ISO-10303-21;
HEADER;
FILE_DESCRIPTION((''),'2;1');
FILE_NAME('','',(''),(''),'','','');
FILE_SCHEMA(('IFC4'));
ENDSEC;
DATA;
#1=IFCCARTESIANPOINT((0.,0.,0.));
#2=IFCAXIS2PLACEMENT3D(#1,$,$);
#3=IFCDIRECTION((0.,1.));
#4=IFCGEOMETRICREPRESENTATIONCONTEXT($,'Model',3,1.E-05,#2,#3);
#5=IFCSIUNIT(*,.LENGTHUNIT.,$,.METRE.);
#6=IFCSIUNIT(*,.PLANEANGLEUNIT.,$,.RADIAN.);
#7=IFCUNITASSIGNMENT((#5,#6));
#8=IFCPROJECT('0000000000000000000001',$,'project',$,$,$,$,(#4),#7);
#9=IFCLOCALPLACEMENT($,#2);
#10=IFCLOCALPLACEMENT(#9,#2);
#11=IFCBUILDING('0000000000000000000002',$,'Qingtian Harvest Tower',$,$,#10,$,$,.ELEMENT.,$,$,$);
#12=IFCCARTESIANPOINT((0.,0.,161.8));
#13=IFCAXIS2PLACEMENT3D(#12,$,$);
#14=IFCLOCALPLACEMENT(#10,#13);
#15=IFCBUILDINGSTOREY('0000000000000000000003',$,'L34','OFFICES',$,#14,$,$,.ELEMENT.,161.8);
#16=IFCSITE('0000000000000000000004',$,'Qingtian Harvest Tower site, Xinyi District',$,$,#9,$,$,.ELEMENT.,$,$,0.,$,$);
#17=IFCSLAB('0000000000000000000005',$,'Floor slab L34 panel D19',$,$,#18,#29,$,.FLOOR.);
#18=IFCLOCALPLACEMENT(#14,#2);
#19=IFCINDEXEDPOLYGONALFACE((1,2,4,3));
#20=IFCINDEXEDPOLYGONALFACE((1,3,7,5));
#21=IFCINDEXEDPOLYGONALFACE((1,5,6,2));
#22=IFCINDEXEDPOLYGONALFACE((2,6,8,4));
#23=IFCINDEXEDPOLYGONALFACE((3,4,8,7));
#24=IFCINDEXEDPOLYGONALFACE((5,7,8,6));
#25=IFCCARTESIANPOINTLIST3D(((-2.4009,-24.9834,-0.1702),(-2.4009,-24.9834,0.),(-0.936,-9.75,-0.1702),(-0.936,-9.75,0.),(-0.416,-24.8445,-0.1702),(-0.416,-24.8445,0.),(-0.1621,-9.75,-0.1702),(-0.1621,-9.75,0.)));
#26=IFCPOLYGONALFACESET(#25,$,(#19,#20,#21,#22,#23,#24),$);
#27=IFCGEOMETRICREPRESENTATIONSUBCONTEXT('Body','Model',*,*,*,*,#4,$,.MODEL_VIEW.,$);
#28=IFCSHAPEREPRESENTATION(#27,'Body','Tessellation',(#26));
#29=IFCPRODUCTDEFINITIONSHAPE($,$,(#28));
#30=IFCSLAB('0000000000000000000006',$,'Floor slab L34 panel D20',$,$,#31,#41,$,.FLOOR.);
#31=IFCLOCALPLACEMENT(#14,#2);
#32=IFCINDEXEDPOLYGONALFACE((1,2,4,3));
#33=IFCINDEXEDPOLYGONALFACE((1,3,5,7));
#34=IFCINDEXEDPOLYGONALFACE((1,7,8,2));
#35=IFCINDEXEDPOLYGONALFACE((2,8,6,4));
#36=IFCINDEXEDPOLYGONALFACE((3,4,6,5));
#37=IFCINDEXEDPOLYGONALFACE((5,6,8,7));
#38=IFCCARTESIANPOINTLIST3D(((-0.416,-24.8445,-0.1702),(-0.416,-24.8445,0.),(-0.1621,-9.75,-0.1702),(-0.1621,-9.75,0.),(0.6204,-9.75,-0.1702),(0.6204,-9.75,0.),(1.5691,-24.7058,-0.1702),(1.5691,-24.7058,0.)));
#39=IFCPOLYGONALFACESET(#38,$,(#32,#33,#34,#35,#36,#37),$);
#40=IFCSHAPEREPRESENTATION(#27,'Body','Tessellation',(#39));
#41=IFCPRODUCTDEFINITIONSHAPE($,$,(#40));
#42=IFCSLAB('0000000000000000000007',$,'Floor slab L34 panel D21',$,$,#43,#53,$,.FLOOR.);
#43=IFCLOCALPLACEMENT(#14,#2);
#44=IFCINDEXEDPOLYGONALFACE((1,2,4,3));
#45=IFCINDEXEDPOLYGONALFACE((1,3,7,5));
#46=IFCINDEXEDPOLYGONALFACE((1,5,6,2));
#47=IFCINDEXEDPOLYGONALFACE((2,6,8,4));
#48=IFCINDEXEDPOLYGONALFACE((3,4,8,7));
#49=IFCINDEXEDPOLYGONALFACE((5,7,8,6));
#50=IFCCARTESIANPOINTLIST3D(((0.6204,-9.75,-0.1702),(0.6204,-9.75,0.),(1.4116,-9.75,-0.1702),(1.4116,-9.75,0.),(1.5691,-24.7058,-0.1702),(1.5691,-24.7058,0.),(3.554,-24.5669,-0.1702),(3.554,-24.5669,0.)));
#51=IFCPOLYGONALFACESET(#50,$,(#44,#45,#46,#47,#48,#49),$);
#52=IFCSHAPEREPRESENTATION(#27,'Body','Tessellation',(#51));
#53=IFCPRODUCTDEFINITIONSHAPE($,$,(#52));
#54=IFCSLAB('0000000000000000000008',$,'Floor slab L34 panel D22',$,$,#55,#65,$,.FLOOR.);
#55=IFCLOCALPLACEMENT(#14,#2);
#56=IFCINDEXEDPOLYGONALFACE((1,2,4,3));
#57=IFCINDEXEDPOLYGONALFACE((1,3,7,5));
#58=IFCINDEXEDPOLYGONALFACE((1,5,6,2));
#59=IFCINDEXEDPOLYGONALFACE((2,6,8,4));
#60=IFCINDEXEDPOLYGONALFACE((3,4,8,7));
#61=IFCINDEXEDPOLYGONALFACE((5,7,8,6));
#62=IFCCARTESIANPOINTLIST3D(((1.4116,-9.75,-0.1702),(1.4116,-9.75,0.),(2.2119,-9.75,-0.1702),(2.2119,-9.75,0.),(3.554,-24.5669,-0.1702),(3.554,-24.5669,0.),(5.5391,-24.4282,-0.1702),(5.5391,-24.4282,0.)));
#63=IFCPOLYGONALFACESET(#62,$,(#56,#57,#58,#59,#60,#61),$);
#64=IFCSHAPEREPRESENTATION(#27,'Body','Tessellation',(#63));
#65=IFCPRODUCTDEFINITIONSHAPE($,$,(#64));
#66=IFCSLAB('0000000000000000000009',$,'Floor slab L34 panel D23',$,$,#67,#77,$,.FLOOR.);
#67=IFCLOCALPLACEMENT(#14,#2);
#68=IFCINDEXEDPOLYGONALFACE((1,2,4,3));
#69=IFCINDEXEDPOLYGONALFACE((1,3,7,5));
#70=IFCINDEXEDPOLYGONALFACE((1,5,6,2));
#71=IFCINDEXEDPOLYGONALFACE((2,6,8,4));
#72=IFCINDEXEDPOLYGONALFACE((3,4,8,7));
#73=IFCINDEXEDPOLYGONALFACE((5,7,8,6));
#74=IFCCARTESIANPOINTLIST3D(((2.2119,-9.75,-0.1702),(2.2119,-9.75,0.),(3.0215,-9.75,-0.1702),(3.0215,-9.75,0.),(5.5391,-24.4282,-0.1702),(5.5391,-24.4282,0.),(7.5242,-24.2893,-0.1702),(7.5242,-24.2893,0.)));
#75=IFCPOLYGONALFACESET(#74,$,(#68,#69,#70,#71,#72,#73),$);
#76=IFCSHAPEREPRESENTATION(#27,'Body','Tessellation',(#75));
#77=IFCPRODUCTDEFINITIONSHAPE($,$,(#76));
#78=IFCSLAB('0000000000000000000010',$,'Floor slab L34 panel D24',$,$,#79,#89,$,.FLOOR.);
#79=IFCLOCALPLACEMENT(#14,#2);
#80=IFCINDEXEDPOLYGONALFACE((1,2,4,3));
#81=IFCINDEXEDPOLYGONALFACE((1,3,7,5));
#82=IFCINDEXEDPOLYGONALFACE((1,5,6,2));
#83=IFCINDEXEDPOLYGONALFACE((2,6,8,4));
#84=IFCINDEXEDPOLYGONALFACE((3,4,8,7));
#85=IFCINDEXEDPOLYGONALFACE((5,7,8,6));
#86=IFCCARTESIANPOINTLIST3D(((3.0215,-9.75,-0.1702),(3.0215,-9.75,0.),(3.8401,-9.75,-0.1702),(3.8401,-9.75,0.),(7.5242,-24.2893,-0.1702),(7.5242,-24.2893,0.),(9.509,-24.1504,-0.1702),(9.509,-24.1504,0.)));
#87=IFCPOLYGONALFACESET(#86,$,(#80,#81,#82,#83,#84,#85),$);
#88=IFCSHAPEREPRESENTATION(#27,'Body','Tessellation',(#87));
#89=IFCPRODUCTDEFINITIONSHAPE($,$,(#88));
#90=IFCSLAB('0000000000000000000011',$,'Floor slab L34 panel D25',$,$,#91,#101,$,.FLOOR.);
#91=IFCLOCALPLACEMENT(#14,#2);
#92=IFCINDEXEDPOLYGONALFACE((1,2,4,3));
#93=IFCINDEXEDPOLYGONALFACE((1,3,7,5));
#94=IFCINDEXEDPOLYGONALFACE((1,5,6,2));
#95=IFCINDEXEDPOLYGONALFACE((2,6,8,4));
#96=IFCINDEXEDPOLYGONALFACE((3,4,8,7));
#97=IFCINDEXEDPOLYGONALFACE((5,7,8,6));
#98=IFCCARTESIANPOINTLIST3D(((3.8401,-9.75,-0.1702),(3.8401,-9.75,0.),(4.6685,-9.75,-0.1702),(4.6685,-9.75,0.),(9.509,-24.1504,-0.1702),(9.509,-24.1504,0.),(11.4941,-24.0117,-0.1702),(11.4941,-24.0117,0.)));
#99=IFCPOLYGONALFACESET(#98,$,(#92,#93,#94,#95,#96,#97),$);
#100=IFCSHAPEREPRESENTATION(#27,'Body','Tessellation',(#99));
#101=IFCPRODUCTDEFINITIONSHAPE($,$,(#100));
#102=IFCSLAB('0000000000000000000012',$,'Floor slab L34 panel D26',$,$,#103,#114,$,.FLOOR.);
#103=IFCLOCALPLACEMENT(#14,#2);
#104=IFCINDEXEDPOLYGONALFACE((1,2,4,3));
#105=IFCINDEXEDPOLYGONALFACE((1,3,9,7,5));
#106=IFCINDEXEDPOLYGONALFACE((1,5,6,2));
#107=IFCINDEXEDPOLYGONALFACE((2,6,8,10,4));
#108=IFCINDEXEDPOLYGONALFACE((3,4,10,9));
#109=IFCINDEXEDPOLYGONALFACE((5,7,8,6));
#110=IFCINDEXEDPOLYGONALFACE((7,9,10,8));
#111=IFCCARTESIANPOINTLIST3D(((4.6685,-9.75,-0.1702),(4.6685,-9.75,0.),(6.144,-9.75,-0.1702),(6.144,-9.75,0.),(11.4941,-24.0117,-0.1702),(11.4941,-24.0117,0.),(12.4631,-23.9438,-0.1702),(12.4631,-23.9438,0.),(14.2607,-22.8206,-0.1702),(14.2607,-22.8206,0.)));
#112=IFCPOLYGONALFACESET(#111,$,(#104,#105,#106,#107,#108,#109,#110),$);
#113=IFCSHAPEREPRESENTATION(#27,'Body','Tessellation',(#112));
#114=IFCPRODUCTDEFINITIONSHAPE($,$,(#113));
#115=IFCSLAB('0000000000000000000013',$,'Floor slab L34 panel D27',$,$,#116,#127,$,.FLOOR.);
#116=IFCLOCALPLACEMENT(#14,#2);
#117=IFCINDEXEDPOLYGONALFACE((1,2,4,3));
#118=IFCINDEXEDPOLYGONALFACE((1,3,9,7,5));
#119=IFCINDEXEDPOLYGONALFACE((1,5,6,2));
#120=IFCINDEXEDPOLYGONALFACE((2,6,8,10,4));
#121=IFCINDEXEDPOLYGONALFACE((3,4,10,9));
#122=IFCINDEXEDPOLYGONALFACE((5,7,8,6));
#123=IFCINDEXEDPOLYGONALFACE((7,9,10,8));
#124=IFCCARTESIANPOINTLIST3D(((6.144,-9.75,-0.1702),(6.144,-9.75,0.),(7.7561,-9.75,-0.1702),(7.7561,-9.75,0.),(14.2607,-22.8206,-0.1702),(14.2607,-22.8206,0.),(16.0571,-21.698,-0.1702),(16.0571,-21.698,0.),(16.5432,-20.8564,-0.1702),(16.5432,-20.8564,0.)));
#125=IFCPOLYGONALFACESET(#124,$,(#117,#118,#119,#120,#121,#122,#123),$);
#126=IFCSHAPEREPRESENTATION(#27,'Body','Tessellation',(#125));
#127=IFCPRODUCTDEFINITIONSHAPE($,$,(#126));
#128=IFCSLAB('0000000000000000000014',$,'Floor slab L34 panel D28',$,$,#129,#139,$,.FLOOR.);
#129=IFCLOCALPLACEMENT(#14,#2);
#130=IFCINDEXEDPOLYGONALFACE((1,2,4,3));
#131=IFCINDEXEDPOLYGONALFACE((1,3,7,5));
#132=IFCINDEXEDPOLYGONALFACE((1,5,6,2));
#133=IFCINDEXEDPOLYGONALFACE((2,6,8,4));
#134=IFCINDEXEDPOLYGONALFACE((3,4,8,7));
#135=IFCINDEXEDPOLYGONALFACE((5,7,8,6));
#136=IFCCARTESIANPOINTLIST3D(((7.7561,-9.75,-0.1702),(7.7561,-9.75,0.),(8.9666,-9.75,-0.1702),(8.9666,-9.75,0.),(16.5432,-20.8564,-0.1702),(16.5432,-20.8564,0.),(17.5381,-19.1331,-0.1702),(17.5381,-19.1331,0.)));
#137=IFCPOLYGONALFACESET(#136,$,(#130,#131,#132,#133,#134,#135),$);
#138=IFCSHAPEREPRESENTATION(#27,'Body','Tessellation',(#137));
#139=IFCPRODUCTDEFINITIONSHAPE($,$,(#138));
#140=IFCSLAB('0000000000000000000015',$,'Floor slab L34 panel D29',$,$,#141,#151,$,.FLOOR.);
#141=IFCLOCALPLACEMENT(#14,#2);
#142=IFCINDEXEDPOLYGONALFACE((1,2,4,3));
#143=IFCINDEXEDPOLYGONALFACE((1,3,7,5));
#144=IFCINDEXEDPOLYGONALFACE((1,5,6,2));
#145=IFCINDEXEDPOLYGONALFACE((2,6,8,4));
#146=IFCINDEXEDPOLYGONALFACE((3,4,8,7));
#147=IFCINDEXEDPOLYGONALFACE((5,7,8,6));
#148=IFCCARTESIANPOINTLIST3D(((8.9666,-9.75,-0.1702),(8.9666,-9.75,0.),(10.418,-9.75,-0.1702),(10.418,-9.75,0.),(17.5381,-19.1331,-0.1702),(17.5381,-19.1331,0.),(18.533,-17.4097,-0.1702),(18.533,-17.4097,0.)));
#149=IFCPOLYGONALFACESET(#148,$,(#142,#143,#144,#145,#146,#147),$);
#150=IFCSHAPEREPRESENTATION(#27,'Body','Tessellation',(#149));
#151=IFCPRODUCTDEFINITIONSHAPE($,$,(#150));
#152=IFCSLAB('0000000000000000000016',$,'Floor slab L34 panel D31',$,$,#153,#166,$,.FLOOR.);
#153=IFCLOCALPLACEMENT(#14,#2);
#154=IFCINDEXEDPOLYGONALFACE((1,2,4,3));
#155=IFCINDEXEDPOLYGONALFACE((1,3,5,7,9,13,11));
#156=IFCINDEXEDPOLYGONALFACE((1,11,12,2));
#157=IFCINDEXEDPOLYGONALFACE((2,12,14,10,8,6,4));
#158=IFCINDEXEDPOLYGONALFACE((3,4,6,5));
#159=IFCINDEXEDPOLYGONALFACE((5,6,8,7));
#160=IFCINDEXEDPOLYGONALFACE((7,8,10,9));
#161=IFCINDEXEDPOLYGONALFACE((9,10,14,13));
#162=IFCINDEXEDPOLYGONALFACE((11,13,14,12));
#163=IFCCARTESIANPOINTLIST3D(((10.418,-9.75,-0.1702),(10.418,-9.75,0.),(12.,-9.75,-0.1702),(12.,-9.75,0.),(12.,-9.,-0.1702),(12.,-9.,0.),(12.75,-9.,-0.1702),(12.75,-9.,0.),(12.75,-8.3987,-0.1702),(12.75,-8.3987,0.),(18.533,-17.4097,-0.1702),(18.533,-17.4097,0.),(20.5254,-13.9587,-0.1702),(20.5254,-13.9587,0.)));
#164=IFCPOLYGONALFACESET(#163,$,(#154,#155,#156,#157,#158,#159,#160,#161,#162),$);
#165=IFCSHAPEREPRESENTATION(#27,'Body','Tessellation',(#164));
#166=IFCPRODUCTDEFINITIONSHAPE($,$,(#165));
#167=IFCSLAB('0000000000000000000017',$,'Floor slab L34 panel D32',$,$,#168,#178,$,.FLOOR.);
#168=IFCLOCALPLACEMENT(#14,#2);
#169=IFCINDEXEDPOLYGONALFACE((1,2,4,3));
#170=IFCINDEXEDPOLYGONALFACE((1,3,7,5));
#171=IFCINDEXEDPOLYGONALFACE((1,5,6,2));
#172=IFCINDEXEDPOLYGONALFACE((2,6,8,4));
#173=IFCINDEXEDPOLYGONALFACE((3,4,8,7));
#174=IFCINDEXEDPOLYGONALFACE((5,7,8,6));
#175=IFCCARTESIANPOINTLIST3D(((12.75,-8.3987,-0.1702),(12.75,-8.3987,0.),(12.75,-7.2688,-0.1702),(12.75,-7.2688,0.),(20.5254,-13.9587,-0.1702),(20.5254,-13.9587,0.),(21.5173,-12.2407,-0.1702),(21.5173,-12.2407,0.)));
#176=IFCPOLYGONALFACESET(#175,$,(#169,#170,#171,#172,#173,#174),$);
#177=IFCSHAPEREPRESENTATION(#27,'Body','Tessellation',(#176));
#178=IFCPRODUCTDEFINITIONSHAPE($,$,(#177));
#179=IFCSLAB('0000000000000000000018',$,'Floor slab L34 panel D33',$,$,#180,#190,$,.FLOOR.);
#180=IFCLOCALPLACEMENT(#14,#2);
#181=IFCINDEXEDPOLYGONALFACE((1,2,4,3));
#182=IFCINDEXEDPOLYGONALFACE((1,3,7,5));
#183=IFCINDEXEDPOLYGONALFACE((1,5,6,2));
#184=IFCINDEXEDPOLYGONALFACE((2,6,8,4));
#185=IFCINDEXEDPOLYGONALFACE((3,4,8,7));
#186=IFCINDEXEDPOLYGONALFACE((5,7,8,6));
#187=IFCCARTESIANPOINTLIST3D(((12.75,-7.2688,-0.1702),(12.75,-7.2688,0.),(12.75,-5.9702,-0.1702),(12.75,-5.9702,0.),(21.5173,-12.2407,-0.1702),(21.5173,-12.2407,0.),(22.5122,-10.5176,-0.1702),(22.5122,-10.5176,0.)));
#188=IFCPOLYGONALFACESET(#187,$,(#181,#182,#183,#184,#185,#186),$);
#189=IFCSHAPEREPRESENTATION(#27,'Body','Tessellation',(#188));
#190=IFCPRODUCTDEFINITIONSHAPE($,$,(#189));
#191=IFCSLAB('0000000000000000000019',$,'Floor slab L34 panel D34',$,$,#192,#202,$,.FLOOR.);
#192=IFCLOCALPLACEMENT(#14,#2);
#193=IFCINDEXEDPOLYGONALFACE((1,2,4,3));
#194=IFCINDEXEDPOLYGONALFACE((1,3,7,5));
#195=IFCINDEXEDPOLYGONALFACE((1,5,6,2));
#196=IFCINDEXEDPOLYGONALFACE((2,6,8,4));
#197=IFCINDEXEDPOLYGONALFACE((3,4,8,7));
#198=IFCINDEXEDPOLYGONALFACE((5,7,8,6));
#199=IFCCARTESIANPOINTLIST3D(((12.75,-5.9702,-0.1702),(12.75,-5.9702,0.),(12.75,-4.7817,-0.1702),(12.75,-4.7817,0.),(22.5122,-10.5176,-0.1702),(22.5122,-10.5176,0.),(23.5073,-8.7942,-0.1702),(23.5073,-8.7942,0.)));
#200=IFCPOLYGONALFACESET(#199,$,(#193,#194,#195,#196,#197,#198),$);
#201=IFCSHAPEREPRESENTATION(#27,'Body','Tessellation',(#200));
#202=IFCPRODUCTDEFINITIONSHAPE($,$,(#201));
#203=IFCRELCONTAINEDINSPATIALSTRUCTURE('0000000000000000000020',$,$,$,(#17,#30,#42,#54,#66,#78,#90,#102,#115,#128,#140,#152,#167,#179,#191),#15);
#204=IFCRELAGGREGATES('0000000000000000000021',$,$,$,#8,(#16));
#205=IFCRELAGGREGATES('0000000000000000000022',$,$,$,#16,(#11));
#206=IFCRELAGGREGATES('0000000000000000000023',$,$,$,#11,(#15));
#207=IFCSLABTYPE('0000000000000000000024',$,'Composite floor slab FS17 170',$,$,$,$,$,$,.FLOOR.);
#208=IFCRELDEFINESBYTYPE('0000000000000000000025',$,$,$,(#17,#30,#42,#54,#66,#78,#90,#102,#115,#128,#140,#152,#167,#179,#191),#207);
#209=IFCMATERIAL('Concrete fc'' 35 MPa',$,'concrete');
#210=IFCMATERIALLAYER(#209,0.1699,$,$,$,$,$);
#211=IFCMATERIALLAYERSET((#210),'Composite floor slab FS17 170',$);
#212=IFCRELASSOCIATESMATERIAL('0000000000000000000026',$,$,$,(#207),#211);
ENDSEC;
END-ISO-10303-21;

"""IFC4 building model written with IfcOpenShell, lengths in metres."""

from ifc_helpers import new_model, si_unit, direction, frame, origin, place, context, subcontext, project, spatial, polyline, outline, extrude, material, layer, layer_set, type_object, element, save


model = new_model("IFC4")

# Units and contexts
model_context = context("Model", 3, precision=1e-05, world=origin(), true_north=direction((0.0, 1.0)))
body_context = subcontext(model_context, "Body", "Model", "MODEL_VIEW")
ifc_project = project(units=[si_unit("LENGTHUNIT", "METRE"), si_unit("PLANEANGLEUNIT", "RADIAN")], contexts=[model_context])

# Site, building, storey
site_placement = place(None, origin())
site = spatial("IfcSite", under=ifc_project, at=site_placement, Name="Qingtian Harvest Tower site, Xinyi District", CompositionType="ELEMENT", RefElevation=0.0)
building_placement = place(site_placement, origin())
building = spatial("IfcBuilding", under=site, at=building_placement, Name="Qingtian Harvest Tower", CompositionType="ELEMENT")
storey_placement = place(building_placement, frame((0.0, 0.0, 161.8)))
storey = spatial("IfcBuildingStorey", under=building, at=storey_placement, Name="L34", Description="OFFICES", CompositionType="ELEMENT", Elevation=161.8)

# Slabs
ifc_material = material(Name="Concrete fc' 35 MPa", Category="concrete")
ifc_layer = layer(ifc_material, 0.1699)
ifc_layer_set = layer_set([ifc_layer], Name="Composite floor slab FS17 170")
slab_type = type_object("IfcSlabType", Name="Composite floor slab FS17 170", PredefinedType="FLOOR", material=ifc_layer_set)
slab_1_placement = place(storey_placement, frame((0.0, 0.0, -0.1702)))
element("IfcSlab", 1, at=slab_1_placement, inside=storey, type_object=slab_type, Name="Floor slab L34 panel D19", PredefinedType="FLOOR", context=body_context, shape_type="SweptSolid", body=[
    extrude(outline(polyline([(-0.1621, -9.75), (-0.416, -24.8445), (-2.4009, -24.9834), (-0.936, -9.75), (-0.1621, -9.75)])), origin(), (0.0, 0.0, 1.0), 0.1702),
])
slab_2_placement = place(storey_placement, frame((0.0, 0.0, -0.1702)))
element("IfcSlab", 2, at=slab_2_placement, inside=storey, type_object=slab_type, Name="Floor slab L34 panel D20", PredefinedType="FLOOR", context=body_context, shape_type="SweptSolid", body=[
    extrude(outline(polyline([(0.6204, -9.75), (1.5691, -24.7058), (-0.416, -24.8445), (-0.1621, -9.75), (0.6204, -9.75)])), origin(), (0.0, 0.0, 1.0), 0.1702),
])
slab_3_placement = place(storey_placement, frame((0.0, 0.0, -0.1702)))
element("IfcSlab", 3, at=slab_3_placement, inside=storey, type_object=slab_type, Name="Floor slab L34 panel D21", PredefinedType="FLOOR", context=body_context, shape_type="SweptSolid", body=[
    extrude(outline(polyline([(1.4116, -9.75), (3.554, -24.5669), (1.5691, -24.7058), (0.6204, -9.75), (1.4116, -9.75)])), origin(), (0.0, 0.0, 1.0), 0.1702),
])
slab_4_placement = place(storey_placement, frame((0.0, 0.0, -0.1702)))
element("IfcSlab", 4, at=slab_4_placement, inside=storey, type_object=slab_type, Name="Floor slab L34 panel D22", PredefinedType="FLOOR", context=body_context, shape_type="SweptSolid", body=[
    extrude(outline(polyline([(2.2119, -9.75), (5.5391, -24.4282), (3.554, -24.5669), (1.4116, -9.75), (2.2119, -9.75)])), origin(), (0.0, 0.0, 1.0), 0.1702),
])
slab_5_placement = place(storey_placement, frame((0.0, 0.0, -0.1702)))
element("IfcSlab", 5, at=slab_5_placement, inside=storey, type_object=slab_type, Name="Floor slab L34 panel D23", PredefinedType="FLOOR", context=body_context, shape_type="SweptSolid", body=[
    extrude(outline(polyline([(3.0215, -9.75), (7.5242, -24.2893), (5.5391, -24.4282), (2.2119, -9.75), (3.0215, -9.75)])), origin(), (0.0, 0.0, 1.0), 0.1702),
])
slab_6_placement = place(storey_placement, frame((0.0, 0.0, -0.1702)))
element("IfcSlab", 6, at=slab_6_placement, inside=storey, type_object=slab_type, Name="Floor slab L34 panel D24", PredefinedType="FLOOR", context=body_context, shape_type="SweptSolid", body=[
    extrude(outline(polyline([(3.8401, -9.75), (9.509, -24.1504), (7.5242, -24.2893), (3.0215, -9.75), (3.8401, -9.75)])), origin(), (0.0, 0.0, 1.0), 0.1702),
])
slab_7_placement = place(storey_placement, frame((0.0, 0.0, -0.1702)))
element("IfcSlab", 7, at=slab_7_placement, inside=storey, type_object=slab_type, Name="Floor slab L34 panel D25", PredefinedType="FLOOR", context=body_context, shape_type="SweptSolid", body=[
    extrude(outline(polyline([(4.6685, -9.75), (11.4941, -24.0117), (9.509, -24.1504), (3.8401, -9.75), (4.6685, -9.75)])), origin(), (0.0, 0.0, 1.0), 0.1702),
])
slab_8_placement = place(storey_placement, frame((0.0, 0.0, -0.1702)))
element("IfcSlab", 8, at=slab_8_placement, inside=storey, type_object=slab_type, Name="Floor slab L34 panel D26", PredefinedType="FLOOR", context=body_context, shape_type="SweptSolid", body=[
    extrude(outline(polyline([(4.6685, -9.75), (6.144, -9.75), (14.2607, -22.8206), (12.4631, -23.9438), (11.4941, -24.0117), (4.6685, -9.75)])), origin(), (0.0, 0.0, 1.0), 0.1702),
])
slab_9_placement = place(storey_placement, frame((0.0, 0.0, -0.1702)))
element("IfcSlab", 9, at=slab_9_placement, inside=storey, type_object=slab_type, Name="Floor slab L34 panel D27", PredefinedType="FLOOR", context=body_context, shape_type="SweptSolid", body=[
    extrude(outline(polyline([(6.144, -9.75), (7.7561, -9.75), (16.5432, -20.8564), (16.0571, -21.698), (14.2607, -22.8206), (6.144, -9.75)])), origin(), (0.0, 0.0, 1.0), 0.1702),
])
slab_10_placement = place(storey_placement, frame((0.0, 0.0, -0.1702)))
element("IfcSlab", 10, at=slab_10_placement, inside=storey, type_object=slab_type, Name="Floor slab L34 panel D28", PredefinedType="FLOOR", context=body_context, shape_type="SweptSolid", body=[
    extrude(outline(polyline([(8.9666, -9.75), (17.5381, -19.1331), (16.5432, -20.8564), (7.7561, -9.75), (8.9666, -9.75)])), origin(), (0.0, 0.0, 1.0), 0.1702),
])
slab_11_placement = place(storey_placement, frame((0.0, 0.0, -0.1702)))
element("IfcSlab", 11, at=slab_11_placement, inside=storey, type_object=slab_type, Name="Floor slab L34 panel D29", PredefinedType="FLOOR", context=body_context, shape_type="SweptSolid", body=[
    extrude(outline(polyline([(10.418, -9.75), (18.533, -17.4097), (17.5381, -19.1331), (8.9666, -9.75), (10.418, -9.75)])), origin(), (0.0, 0.0, 1.0), 0.1702),
])
slab_12_placement = place(storey_placement, frame((0.0, 0.0, -0.1702)))
element("IfcSlab", 12, at=slab_12_placement, inside=storey, type_object=slab_type, Name="Floor slab L34 panel D31", PredefinedType="FLOOR", context=body_context, shape_type="SweptSolid", body=[
    extrude(outline(polyline([(12.75, -8.3987), (20.5254, -13.9587), (18.533, -17.4097), (10.418, -9.75), (12.0, -9.75), (12.0, -9.0), (12.75, -9.0), (12.75, -8.3987)])), origin(), (0.0, 0.0, 1.0), 0.1702),
])
slab_13_placement = place(storey_placement, frame((0.0, 0.0, -0.1702)))
element("IfcSlab", 13, at=slab_13_placement, inside=storey, type_object=slab_type, Name="Floor slab L34 panel D32", PredefinedType="FLOOR", context=body_context, shape_type="SweptSolid", body=[
    extrude(outline(polyline([(12.75, -7.2688), (21.5173, -12.2407), (20.5254, -13.9587), (12.75, -8.3987), (12.75, -7.2688)])), origin(), (0.0, 0.0, 1.0), 0.1702),
])
slab_14_placement = place(storey_placement, frame((0.0, 0.0, -0.1702)))
element("IfcSlab", 14, at=slab_14_placement, inside=storey, type_object=slab_type, Name="Floor slab L34 panel D33", PredefinedType="FLOOR", context=body_context, shape_type="SweptSolid", body=[
    extrude(outline(polyline([(12.75, -5.9702), (22.5122, -10.5176), (21.5173, -12.2407), (12.75, -7.2688), (12.75, -5.9702)])), origin(), (0.0, 0.0, 1.0), 0.1702),
])
slab_15_placement = place(storey_placement, frame((0.0, 0.0, -0.1702)))
element("IfcSlab", 15, at=slab_15_placement, inside=storey, type_object=slab_type, Name="Floor slab L34 panel D34", PredefinedType="FLOOR", context=body_context, shape_type="SweptSolid", body=[
    extrude(outline(polyline([(12.75, -4.7817), (23.5073, -8.7942), (22.5122, -10.5176), (12.75, -5.9702), (12.75, -4.7817)])), origin(), (0.0, 0.0, 1.0), 0.1702),
])

save(model, "model.ifc")
